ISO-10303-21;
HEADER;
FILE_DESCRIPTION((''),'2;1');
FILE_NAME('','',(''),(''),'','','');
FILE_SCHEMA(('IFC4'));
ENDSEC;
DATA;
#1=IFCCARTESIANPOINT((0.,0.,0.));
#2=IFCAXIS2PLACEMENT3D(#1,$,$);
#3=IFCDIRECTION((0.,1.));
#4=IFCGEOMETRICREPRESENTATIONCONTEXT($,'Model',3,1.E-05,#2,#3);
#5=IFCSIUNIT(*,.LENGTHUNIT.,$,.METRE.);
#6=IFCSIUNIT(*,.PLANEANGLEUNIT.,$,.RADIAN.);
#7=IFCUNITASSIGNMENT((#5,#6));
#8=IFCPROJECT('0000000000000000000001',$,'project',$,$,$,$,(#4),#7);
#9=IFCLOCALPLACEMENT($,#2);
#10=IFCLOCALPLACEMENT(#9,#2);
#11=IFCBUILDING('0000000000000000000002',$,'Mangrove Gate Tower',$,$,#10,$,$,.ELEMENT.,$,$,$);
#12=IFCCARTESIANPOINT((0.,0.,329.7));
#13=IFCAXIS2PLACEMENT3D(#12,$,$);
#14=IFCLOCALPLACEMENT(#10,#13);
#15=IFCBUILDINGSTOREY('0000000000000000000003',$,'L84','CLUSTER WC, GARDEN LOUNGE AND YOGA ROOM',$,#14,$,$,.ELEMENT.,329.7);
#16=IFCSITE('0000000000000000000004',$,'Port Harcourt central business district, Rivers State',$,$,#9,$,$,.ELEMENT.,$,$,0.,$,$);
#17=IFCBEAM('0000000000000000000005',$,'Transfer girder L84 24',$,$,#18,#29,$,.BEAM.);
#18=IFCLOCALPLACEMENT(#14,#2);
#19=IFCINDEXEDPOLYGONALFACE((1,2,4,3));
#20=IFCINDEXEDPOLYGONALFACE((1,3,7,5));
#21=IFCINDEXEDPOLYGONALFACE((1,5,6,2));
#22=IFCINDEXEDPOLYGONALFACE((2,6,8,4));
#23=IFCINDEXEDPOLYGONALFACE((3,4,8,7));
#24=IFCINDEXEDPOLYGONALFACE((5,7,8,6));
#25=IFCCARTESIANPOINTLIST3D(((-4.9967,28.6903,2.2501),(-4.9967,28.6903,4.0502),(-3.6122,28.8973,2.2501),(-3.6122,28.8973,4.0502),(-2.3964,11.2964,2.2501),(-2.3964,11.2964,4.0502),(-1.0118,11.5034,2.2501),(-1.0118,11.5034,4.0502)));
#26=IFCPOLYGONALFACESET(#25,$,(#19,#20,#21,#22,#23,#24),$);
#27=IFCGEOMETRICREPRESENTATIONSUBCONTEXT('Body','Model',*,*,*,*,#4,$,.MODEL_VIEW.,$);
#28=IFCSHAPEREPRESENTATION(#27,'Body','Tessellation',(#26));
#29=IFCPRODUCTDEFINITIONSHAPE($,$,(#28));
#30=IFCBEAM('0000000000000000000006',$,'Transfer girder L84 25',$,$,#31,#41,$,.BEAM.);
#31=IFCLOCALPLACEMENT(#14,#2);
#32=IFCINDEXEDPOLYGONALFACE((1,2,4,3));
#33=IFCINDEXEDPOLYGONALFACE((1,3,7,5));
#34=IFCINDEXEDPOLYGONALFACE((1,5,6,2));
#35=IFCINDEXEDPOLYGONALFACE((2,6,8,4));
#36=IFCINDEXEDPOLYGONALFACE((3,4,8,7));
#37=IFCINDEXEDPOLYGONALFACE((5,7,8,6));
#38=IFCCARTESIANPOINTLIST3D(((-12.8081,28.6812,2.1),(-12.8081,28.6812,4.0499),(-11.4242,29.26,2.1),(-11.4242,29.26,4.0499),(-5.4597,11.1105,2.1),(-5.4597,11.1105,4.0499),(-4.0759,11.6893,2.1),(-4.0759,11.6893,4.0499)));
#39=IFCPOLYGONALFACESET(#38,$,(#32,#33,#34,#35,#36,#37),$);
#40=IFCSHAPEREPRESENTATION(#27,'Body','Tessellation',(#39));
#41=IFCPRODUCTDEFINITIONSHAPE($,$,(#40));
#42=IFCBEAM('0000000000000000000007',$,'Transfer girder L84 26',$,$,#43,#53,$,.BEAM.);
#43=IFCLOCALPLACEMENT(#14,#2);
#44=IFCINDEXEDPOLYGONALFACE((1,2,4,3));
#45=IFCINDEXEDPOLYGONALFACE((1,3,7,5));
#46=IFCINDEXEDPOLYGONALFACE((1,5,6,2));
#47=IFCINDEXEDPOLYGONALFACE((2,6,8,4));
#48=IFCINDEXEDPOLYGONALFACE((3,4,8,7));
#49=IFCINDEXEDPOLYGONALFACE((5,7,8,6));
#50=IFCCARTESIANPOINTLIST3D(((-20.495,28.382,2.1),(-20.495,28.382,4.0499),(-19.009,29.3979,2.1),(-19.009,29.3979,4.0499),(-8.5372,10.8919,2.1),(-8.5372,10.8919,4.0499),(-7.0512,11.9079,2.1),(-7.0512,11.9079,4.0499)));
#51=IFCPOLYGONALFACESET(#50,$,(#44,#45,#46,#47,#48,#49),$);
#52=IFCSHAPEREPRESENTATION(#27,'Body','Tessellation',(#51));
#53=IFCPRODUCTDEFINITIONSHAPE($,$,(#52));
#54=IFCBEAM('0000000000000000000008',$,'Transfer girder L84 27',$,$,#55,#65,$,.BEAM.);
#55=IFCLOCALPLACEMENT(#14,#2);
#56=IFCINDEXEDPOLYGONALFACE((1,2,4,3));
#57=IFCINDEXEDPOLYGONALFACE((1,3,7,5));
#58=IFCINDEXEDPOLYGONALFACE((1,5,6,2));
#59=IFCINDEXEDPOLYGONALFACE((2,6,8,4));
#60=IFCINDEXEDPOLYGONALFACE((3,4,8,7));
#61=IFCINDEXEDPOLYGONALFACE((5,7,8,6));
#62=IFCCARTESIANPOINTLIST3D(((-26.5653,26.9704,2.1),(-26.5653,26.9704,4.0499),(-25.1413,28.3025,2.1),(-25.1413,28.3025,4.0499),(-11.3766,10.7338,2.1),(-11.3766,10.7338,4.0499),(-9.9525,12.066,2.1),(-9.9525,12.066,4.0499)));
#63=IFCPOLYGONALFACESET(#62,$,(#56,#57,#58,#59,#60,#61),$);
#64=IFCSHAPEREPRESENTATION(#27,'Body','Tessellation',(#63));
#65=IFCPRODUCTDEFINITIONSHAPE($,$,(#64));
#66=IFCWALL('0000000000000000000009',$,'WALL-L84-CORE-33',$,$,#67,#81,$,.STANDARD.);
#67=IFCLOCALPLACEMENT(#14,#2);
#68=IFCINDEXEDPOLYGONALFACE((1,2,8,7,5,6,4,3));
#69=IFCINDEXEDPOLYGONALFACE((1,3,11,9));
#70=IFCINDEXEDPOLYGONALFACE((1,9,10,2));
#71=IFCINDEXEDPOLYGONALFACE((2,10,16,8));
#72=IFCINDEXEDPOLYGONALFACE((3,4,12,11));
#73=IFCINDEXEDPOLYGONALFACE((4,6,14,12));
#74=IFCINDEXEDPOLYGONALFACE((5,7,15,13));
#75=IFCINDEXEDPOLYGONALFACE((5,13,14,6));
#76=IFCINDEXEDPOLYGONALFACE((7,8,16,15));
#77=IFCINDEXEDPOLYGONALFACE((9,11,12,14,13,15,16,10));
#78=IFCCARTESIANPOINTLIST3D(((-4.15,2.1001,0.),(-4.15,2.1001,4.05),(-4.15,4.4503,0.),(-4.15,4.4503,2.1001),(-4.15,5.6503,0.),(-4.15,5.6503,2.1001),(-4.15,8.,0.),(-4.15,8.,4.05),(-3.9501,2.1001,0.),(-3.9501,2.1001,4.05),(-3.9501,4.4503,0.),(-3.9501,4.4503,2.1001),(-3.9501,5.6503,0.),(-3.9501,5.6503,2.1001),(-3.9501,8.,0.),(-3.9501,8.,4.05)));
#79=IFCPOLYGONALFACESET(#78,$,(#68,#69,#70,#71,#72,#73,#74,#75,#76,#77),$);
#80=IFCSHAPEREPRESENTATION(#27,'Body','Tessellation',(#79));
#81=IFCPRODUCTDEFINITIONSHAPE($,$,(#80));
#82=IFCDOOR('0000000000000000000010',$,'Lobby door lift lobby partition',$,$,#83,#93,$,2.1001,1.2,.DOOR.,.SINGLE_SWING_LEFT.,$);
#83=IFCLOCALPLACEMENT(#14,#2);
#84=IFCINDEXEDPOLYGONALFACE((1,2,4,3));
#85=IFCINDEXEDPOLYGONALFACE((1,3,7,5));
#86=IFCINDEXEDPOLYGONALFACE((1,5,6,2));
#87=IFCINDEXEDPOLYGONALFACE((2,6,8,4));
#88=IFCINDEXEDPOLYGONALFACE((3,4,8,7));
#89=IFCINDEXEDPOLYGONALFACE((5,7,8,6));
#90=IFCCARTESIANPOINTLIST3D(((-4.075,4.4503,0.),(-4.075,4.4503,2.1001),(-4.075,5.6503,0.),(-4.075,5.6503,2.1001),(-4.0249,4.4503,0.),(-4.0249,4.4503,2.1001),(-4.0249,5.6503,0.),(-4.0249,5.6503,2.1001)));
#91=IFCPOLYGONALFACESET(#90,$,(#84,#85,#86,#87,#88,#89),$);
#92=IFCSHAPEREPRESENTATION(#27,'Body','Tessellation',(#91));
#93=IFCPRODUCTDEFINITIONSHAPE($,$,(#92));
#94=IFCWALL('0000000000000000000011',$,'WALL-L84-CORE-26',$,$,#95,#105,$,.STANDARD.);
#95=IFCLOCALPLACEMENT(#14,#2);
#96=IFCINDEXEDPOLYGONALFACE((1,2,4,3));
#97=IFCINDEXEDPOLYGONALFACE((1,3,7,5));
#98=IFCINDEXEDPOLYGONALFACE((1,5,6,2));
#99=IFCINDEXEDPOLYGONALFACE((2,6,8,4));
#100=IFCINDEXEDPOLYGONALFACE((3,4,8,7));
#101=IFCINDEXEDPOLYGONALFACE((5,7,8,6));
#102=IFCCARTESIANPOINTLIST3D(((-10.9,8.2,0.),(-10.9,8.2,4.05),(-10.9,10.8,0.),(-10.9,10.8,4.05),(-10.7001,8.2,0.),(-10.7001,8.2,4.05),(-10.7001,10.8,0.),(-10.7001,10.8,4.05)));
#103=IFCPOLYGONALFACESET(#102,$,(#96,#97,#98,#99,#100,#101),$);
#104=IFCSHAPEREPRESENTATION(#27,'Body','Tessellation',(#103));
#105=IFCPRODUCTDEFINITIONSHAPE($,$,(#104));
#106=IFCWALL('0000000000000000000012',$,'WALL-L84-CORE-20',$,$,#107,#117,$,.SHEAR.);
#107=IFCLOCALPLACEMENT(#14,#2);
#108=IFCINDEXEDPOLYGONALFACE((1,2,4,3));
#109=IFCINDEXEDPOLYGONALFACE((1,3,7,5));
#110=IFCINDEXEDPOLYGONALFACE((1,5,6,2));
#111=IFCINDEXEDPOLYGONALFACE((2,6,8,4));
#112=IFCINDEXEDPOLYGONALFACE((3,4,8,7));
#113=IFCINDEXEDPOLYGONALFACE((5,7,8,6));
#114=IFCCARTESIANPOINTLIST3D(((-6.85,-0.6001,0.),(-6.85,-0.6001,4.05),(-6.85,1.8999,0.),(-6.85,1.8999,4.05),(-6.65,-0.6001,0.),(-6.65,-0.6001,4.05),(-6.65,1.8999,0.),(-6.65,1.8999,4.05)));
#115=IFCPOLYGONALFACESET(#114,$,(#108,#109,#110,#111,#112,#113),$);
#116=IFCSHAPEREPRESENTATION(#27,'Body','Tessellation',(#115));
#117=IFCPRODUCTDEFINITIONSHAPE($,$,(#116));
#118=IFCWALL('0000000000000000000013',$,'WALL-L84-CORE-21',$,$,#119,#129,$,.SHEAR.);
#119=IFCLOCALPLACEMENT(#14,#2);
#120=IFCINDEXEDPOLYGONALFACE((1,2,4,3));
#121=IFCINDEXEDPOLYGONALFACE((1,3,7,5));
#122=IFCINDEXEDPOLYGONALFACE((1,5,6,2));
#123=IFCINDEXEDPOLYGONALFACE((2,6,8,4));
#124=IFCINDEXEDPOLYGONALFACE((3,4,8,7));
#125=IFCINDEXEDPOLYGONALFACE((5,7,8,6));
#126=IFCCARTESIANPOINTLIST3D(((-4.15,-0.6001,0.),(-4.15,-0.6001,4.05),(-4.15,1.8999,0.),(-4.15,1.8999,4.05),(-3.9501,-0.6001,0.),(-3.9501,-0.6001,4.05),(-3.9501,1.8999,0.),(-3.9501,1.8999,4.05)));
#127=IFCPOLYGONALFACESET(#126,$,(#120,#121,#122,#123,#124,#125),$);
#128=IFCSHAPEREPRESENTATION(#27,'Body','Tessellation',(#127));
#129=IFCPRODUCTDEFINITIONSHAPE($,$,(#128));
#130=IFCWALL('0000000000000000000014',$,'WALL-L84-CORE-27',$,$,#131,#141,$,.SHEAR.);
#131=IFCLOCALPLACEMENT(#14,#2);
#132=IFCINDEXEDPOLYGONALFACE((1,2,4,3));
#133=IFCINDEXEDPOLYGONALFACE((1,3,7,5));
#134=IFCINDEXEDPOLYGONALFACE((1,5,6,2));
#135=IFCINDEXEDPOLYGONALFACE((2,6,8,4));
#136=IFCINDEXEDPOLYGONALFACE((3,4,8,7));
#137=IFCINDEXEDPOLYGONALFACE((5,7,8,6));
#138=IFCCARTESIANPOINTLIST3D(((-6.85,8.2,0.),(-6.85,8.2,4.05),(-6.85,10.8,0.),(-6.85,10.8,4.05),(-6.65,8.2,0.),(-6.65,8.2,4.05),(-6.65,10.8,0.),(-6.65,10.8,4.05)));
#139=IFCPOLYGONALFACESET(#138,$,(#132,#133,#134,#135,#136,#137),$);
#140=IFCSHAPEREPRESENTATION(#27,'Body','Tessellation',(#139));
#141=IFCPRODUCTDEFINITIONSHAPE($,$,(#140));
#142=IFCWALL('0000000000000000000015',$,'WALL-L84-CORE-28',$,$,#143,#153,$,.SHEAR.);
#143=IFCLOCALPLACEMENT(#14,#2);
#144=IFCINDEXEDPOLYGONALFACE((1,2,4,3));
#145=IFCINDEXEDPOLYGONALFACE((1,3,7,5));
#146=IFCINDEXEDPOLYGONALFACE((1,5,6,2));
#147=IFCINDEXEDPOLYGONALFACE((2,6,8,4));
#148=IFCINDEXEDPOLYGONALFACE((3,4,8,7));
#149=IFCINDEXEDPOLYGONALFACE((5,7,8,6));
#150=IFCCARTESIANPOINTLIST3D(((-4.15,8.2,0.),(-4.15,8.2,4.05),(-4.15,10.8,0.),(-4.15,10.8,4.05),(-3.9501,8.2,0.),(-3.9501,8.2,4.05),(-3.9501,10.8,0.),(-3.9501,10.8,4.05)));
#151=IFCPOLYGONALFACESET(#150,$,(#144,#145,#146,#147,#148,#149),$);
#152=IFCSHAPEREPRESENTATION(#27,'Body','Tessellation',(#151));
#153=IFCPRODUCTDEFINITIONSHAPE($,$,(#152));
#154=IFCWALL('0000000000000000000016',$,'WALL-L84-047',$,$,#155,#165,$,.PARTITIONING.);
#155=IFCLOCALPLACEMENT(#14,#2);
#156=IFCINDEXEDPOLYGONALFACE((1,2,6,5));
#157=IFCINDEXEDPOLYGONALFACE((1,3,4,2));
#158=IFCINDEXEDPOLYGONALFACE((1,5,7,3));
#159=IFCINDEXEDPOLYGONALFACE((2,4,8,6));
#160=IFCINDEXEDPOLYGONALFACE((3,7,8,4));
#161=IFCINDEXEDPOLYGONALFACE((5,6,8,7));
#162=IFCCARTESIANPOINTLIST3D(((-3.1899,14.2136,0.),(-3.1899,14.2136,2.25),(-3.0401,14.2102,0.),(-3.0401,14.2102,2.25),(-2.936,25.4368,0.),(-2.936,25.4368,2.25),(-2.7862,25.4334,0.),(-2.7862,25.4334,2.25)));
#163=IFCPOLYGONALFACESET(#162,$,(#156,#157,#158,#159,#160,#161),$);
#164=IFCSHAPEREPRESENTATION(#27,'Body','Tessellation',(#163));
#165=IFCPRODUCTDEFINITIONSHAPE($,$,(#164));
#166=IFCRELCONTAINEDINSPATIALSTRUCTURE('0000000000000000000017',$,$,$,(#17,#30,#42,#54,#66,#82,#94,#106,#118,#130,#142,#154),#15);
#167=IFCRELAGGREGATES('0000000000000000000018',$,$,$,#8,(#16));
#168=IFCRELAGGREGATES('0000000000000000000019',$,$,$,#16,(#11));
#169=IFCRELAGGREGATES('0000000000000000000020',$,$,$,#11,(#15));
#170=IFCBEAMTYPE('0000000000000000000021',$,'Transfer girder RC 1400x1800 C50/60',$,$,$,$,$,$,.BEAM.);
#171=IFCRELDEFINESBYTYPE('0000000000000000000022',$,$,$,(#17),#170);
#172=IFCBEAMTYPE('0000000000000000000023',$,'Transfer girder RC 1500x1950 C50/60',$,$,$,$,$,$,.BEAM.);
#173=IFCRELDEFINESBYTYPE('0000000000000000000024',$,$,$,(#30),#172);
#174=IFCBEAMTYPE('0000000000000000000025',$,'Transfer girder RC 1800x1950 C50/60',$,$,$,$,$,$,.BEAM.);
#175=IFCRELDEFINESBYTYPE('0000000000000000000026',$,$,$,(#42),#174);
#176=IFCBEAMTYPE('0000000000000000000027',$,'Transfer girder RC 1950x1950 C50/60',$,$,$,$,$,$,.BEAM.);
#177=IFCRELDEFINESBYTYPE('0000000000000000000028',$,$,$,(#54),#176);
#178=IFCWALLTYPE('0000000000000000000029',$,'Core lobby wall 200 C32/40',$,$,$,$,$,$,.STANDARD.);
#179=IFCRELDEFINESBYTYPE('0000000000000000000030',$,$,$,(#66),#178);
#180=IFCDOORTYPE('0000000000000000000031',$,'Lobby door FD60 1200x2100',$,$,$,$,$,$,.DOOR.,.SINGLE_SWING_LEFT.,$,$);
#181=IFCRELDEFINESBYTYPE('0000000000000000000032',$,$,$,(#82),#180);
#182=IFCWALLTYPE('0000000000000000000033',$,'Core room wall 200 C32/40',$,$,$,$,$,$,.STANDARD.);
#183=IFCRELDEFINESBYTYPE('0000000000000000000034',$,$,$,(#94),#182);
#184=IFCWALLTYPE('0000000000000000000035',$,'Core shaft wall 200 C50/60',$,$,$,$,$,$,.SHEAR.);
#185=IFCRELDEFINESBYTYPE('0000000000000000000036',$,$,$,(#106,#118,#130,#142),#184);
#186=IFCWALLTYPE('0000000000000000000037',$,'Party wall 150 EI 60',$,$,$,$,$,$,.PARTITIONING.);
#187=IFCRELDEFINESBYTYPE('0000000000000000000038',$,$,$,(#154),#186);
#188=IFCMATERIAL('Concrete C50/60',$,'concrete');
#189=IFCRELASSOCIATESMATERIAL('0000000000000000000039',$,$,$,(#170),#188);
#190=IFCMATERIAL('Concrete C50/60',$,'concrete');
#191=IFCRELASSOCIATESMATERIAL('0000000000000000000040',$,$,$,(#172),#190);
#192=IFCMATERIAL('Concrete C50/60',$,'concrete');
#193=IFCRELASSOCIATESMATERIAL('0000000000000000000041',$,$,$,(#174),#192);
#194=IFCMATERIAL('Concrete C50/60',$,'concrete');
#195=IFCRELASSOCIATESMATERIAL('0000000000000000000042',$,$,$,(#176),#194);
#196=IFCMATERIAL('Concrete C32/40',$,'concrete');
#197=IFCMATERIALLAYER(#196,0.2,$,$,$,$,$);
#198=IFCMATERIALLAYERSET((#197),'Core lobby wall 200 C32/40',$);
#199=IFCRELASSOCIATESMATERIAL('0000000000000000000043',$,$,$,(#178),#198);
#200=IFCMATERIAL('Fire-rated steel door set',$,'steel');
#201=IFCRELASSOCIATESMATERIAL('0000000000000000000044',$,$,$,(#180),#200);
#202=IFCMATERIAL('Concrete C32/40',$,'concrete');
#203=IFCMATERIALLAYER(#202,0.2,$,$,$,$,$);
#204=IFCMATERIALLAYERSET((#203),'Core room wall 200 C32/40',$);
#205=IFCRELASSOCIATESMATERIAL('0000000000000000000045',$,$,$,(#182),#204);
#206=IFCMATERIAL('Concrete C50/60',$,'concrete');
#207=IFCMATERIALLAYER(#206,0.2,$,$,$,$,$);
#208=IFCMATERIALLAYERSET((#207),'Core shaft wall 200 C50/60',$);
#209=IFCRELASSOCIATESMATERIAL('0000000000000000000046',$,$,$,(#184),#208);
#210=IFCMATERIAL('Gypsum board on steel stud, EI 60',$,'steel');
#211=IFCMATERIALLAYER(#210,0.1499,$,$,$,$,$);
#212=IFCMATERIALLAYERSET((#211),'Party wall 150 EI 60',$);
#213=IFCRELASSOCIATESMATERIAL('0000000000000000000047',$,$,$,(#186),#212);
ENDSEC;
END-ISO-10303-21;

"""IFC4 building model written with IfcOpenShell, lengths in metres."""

from ifc_helpers import new_model, si_unit, direction, frame, frame_2d, origin, origin_2d, place, context, subcontext, project, spatial, rectangle, extrude, material, layer, layer_set, material_profile, profile_set, type_object, element, fill, save


model = new_model("IFC4")

# Units and contexts
model_context = context("Model", 3, precision=1e-05, world=origin(), true_north=direction((0.0, 1.0)))
body_context = subcontext(model_context, "Body", "Model", "MODEL_VIEW")
ifc_project = project(units=[si_unit("LENGTHUNIT", "METRE"), si_unit("PLANEANGLEUNIT", "RADIAN")], contexts=[model_context])

# Site, building, storey
site_placement = place(None, origin())
site = spatial("IfcSite", under=ifc_project, at=site_placement, Name="Port Harcourt central business district, Rivers State", CompositionType="ELEMENT", RefElevation=0.0)
building_placement = place(site_placement, origin())
building = spatial("IfcBuilding", under=site, at=building_placement, Name="Mangrove Gate Tower", CompositionType="ELEMENT")
storey_placement = place(building_placement, frame((0.0, 0.0, 329.7)))
storey = spatial("IfcBuildingStorey", under=building, at=storey_placement, Name="L84", Description="CLUSTER WC, GARDEN LOUNGE AND YOGA ROOM", CompositionType="ELEMENT", Elevation=329.7)

# Beams
ifc_material_1 = material(Name="Concrete C50/60", Category="concrete")
ifc_material_profile_1 = material_profile(ifc_material_1, rectangle(XDim=1.3999, YDim=1.8, at=origin_2d()))
ifc_profile_set_1 = profile_set([ifc_material_profile_1], Name="Concrete C50/60")
beam_type_1 = type_object("IfcBeamType", Name="Transfer girder RC 1400x1800 C50/60", PredefinedType="BEAM", material=ifc_profile_set_1)
beam_1_placement = place(storey_placement, frame((-1.7041, 11.3999, 3.1501), z_axis=(-0.147855, 0.989009, 0.0), x_axis=(-0.989009, -0.147855, 0.0)))
element("IfcBeam", 1, at=beam_1_placement, inside=storey, type_object=beam_type_1, Name="Transfer girder L84 24", PredefinedType="BEAM", context=body_context, shape_type="SweptSolid", body=[
    extrude(rectangle(XDim=1.3999, YDim=1.8, at=origin_2d()), origin(), (0.0, 0.0, 1.0), 17.5872),
])
ifc_material_2 = material(Name="Concrete C50/60", Category="concrete")
ifc_material_profile_2 = material_profile(ifc_material_2, rectangle(XDim=1.5, YDim=1.95, at=origin_2d()))
ifc_profile_set_2 = profile_set([ifc_material_profile_2], Name="Concrete C50/60")
beam_type_2 = type_object("IfcBeamType", Name="Transfer girder RC 1500x1950 C50/60", PredefinedType="BEAM", material=ifc_profile_set_2)
beam_2_placement = place(storey_placement, frame((-4.7678, 11.3999, 3.075), z_axis=(-0.385833, 0.922569, 0.0), x_axis=(-0.922569, -0.385833, 0.0)))
element("IfcBeam", 2, at=beam_2_placement, inside=storey, type_object=beam_type_2, Name="Transfer girder L84 25", PredefinedType="BEAM", context=body_context, shape_type="SweptSolid", body=[
    extrude(rectangle(XDim=1.5, YDim=1.95, at=origin_2d()), origin(), (0.0, 0.0, 1.0), 19.0454),
])
ifc_material_3 = material(Name="Concrete C50/60", Category="concrete")
ifc_material_profile_3 = material_profile(ifc_material_3, rectangle(XDim=1.8, YDim=1.95, at=origin_2d()))
ifc_profile_set_3 = profile_set([ifc_material_profile_3], Name="Concrete C50/60")
beam_type_3 = type_object("IfcBeamType", Name="Transfer girder RC 1800x1950 C50/60", PredefinedType="BEAM", material=ifc_profile_set_3)
beam_3_placement = place(storey_placement, frame((-7.7942, 11.3999, 3.075), z_axis=(-0.564392, 0.825507, 0.0), x_axis=(-0.825507, -0.564392, 0.0)))
element("IfcBeam", 3, at=beam_3_placement, inside=storey, type_object=beam_type_3, Name="Transfer girder L84 26", PredefinedType="BEAM", context=body_context, shape_type="SweptSolid", body=[
    extrude(rectangle(XDim=1.8, YDim=1.95, at=origin_2d()), origin(), (0.0, 0.0, 1.0), 21.187),
])
ifc_material_4 = material(Name="Concrete C50/60", Category="concrete")
ifc_material_profile_4 = material_profile(ifc_material_4, rectangle(XDim=1.95, YDim=1.95, at=origin_2d()))
ifc_profile_set_4 = profile_set([ifc_material_profile_4], Name="Concrete C50/60")
beam_type_4 = type_object("IfcBeamType", Name="Transfer girder RC 1950x1950 C50/60", PredefinedType="BEAM", material=ifc_profile_set_4)
beam_4_placement = place(storey_placement, frame((-10.6646, 11.3999, 3.075), z_axis=(-0.683149, 0.730279, 0.0), x_axis=(-0.730279, -0.683149, 0.0)))
element("IfcBeam", 4, at=beam_4_placement, inside=storey, type_object=beam_type_4, Name="Transfer girder L84 27", PredefinedType="BEAM", context=body_context, shape_type="SweptSolid", body=[
    extrude(rectangle(XDim=1.95, YDim=1.95, at=origin_2d()), origin(), (0.0, 0.0, 1.0), 22.2334),
])

# Wall, opening, door
ifc_material_5 = material(Name="Concrete C32/40", Category="concrete")
ifc_layer_1 = layer(ifc_material_5, 0.2)
ifc_layer_set_1 = layer_set([ifc_layer_1], Name="Core lobby wall 200 C32/40")
wall_type_1 = type_object("IfcWallType", Name="Core lobby wall 200 C32/40", PredefinedType="STANDARD", material=ifc_layer_set_1)
wall_1_placement = place(storey_placement, frame((-4.05, 2.1001, 0.0), z_axis=(0.0, 0.0, 1.0), x_axis=(0.0, 1.0, 0.0)))
wall_1 = element("IfcWall", 5, at=wall_1_placement, inside=storey, type_object=wall_type_1, Name="WALL-L84-CORE-33", PredefinedType="STANDARD", context=body_context, shape_type="SweptSolid", body=[
    extrude(rectangle(XDim=5.8999, YDim=0.2, at=frame_2d((2.95, 0.0))), origin(), (0.0, 0.0, 1.0), 4.05),
])
opening_placement = place(wall_1_placement, frame((2.3501, 0.0, 0.0)))
opening = element("IfcOpeningElement", 6, at=opening_placement, cuts=wall_1, PredefinedType="OPENING", context=body_context, shape_type="SweptSolid", body=[
    extrude(rectangle(XDim=1.2, YDim=2.1001, at=frame_2d((0.6001, 1.05))), frame((0.0, 0.1099, 0.0), z_axis=(0.0, -1.0, 0.0), x_axis=(1.0, 0.0, 0.0)), (0.0, 0.0, 1.0), 0.22),
])
ifc_material_6 = material(Name="Fire-rated steel door set", Category="steel")
door_type = type_object("IfcDoorType", Name="Lobby door FD60 1200x2100", OperationType="SINGLE_SWING_LEFT", PredefinedType="DOOR", material=ifc_material_6)
door_placement = place(opening_placement, origin())
door = element("IfcDoor", 7, at=door_placement, inside=storey, type_object=door_type, Name="Lobby door lift lobby partition", OperationType="SINGLE_SWING_LEFT", OverallHeight=2.1001, OverallWidth=1.2, PredefinedType="DOOR", context=body_context, shape_type="SweptSolid", body=[
    extrude(rectangle(XDim=1.2, YDim=2.1001, at=frame_2d((0.6001, 1.05))), frame((0.0, 0.0249, 0.0), z_axis=(0.0, -1.0, 0.0), x_axis=(1.0, 0.0, 0.0)), (0.0, 0.0, 1.0), 0.05),
])
fill(opening, door)

# Walls
ifc_material_7 = material(Name="Concrete C32/40", Category="concrete")
ifc_layer_2 = layer(ifc_material_7, 0.2)
ifc_layer_set_2 = layer_set([ifc_layer_2], Name="Core room wall 200 C32/40")
wall_type_2 = type_object("IfcWallType", Name="Core room wall 200 C32/40", PredefinedType="STANDARD", material=ifc_layer_set_2)
wall_2_placement = place(storey_placement, frame((-10.8, 8.2, 0.0), z_axis=(0.0, 0.0, 1.0), x_axis=(0.0, 1.0, 0.0)))
element("IfcWall", 8, at=wall_2_placement, inside=storey, type_object=wall_type_2, Name="WALL-L84-CORE-26", PredefinedType="STANDARD", context=body_context, shape_type="SweptSolid", body=[
    extrude(rectangle(XDim=2.6001, YDim=0.2, at=frame_2d((1.3, 0.0))), origin(), (0.0, 0.0, 1.0), 4.05),
])
ifc_material_8 = material(Name="Concrete C50/60", Category="concrete")
ifc_layer_3 = layer(ifc_material_8, 0.2)
ifc_layer_set_3 = layer_set([ifc_layer_3], Name="Core shaft wall 200 C50/60")
wall_type_3 = type_object("IfcWallType", Name="Core shaft wall 200 C50/60", PredefinedType="SHEAR", material=ifc_layer_set_3)
for number, where, z_axis, x_axis, name in (
    (9, (-6.75, -0.6001, 0.0), (0.0, 0.0, 1.0), (0.0, 1.0, 0.0), "WALL-L84-CORE-20"),
    (10, (-4.05, -0.6001, 0.0), (0.0, 0.0, 1.0), (0.0, 1.0, 0.0), "WALL-L84-CORE-21"),
):
    element("IfcWall", number, at=place(storey_placement, frame(where, z_axis=z_axis, x_axis=x_axis)), inside=storey, type_object=wall_type_3, Name=name, PredefinedType="SHEAR", context=body_context, shape_type="SweptSolid", body=[
        extrude(rectangle(XDim=2.5, YDim=0.2, at=frame_2d((1.25, 0.0))), origin(), (0.0, 0.0, 1.0), 4.05),
    ])
for number, where, z_axis, x_axis, name in (
    (11, (-6.75, 8.2, 0.0), (0.0, 0.0, 1.0), (0.0, 1.0, 0.0), "WALL-L84-CORE-27"),
    (12, (-4.05, 8.2, 0.0), (0.0, 0.0, 1.0), (0.0, 1.0, 0.0), "WALL-L84-CORE-28"),
):
    element("IfcWall", number, at=place(storey_placement, frame(where, z_axis=z_axis, x_axis=x_axis)), inside=storey, type_object=wall_type_3, Name=name, PredefinedType="SHEAR", context=body_context, shape_type="SweptSolid", body=[
        extrude(rectangle(XDim=2.6001, YDim=0.2, at=frame_2d((1.3, 0.0))), origin(), (0.0, 0.0, 1.0), 4.05),
    ])
ifc_material_9 = material(Name="Gypsum board on steel stud, EI 60", Category="steel")
ifc_layer_4 = layer(ifc_material_9, 0.1499)
ifc_layer_set_4 = layer_set([ifc_layer_4], Name="Party wall 150 EI 60")
wall_type_4 = type_object("IfcWallType", Name="Party wall 150 EI 60", PredefinedType="PARTITIONING", material=ifc_layer_set_4)
wall_3_placement = place(storey_placement, frame((-3.115, 14.2119, 0.0), z_axis=(0.0, 0.0, 1.0), x_axis=(0.022618, 0.999744, 0.0)))
element("IfcWall", 13, at=wall_3_placement, inside=storey, type_object=wall_type_4, Name="WALL-L84-047", PredefinedType="PARTITIONING", context=body_context, shape_type="SweptSolid", body=[
    extrude(rectangle(XDim=11.2261, YDim=0.1499, at=frame_2d((5.613, 0.0))), origin(), (0.0, 0.0, 1.0), 2.25),
])

save(model, "model.ifc")
